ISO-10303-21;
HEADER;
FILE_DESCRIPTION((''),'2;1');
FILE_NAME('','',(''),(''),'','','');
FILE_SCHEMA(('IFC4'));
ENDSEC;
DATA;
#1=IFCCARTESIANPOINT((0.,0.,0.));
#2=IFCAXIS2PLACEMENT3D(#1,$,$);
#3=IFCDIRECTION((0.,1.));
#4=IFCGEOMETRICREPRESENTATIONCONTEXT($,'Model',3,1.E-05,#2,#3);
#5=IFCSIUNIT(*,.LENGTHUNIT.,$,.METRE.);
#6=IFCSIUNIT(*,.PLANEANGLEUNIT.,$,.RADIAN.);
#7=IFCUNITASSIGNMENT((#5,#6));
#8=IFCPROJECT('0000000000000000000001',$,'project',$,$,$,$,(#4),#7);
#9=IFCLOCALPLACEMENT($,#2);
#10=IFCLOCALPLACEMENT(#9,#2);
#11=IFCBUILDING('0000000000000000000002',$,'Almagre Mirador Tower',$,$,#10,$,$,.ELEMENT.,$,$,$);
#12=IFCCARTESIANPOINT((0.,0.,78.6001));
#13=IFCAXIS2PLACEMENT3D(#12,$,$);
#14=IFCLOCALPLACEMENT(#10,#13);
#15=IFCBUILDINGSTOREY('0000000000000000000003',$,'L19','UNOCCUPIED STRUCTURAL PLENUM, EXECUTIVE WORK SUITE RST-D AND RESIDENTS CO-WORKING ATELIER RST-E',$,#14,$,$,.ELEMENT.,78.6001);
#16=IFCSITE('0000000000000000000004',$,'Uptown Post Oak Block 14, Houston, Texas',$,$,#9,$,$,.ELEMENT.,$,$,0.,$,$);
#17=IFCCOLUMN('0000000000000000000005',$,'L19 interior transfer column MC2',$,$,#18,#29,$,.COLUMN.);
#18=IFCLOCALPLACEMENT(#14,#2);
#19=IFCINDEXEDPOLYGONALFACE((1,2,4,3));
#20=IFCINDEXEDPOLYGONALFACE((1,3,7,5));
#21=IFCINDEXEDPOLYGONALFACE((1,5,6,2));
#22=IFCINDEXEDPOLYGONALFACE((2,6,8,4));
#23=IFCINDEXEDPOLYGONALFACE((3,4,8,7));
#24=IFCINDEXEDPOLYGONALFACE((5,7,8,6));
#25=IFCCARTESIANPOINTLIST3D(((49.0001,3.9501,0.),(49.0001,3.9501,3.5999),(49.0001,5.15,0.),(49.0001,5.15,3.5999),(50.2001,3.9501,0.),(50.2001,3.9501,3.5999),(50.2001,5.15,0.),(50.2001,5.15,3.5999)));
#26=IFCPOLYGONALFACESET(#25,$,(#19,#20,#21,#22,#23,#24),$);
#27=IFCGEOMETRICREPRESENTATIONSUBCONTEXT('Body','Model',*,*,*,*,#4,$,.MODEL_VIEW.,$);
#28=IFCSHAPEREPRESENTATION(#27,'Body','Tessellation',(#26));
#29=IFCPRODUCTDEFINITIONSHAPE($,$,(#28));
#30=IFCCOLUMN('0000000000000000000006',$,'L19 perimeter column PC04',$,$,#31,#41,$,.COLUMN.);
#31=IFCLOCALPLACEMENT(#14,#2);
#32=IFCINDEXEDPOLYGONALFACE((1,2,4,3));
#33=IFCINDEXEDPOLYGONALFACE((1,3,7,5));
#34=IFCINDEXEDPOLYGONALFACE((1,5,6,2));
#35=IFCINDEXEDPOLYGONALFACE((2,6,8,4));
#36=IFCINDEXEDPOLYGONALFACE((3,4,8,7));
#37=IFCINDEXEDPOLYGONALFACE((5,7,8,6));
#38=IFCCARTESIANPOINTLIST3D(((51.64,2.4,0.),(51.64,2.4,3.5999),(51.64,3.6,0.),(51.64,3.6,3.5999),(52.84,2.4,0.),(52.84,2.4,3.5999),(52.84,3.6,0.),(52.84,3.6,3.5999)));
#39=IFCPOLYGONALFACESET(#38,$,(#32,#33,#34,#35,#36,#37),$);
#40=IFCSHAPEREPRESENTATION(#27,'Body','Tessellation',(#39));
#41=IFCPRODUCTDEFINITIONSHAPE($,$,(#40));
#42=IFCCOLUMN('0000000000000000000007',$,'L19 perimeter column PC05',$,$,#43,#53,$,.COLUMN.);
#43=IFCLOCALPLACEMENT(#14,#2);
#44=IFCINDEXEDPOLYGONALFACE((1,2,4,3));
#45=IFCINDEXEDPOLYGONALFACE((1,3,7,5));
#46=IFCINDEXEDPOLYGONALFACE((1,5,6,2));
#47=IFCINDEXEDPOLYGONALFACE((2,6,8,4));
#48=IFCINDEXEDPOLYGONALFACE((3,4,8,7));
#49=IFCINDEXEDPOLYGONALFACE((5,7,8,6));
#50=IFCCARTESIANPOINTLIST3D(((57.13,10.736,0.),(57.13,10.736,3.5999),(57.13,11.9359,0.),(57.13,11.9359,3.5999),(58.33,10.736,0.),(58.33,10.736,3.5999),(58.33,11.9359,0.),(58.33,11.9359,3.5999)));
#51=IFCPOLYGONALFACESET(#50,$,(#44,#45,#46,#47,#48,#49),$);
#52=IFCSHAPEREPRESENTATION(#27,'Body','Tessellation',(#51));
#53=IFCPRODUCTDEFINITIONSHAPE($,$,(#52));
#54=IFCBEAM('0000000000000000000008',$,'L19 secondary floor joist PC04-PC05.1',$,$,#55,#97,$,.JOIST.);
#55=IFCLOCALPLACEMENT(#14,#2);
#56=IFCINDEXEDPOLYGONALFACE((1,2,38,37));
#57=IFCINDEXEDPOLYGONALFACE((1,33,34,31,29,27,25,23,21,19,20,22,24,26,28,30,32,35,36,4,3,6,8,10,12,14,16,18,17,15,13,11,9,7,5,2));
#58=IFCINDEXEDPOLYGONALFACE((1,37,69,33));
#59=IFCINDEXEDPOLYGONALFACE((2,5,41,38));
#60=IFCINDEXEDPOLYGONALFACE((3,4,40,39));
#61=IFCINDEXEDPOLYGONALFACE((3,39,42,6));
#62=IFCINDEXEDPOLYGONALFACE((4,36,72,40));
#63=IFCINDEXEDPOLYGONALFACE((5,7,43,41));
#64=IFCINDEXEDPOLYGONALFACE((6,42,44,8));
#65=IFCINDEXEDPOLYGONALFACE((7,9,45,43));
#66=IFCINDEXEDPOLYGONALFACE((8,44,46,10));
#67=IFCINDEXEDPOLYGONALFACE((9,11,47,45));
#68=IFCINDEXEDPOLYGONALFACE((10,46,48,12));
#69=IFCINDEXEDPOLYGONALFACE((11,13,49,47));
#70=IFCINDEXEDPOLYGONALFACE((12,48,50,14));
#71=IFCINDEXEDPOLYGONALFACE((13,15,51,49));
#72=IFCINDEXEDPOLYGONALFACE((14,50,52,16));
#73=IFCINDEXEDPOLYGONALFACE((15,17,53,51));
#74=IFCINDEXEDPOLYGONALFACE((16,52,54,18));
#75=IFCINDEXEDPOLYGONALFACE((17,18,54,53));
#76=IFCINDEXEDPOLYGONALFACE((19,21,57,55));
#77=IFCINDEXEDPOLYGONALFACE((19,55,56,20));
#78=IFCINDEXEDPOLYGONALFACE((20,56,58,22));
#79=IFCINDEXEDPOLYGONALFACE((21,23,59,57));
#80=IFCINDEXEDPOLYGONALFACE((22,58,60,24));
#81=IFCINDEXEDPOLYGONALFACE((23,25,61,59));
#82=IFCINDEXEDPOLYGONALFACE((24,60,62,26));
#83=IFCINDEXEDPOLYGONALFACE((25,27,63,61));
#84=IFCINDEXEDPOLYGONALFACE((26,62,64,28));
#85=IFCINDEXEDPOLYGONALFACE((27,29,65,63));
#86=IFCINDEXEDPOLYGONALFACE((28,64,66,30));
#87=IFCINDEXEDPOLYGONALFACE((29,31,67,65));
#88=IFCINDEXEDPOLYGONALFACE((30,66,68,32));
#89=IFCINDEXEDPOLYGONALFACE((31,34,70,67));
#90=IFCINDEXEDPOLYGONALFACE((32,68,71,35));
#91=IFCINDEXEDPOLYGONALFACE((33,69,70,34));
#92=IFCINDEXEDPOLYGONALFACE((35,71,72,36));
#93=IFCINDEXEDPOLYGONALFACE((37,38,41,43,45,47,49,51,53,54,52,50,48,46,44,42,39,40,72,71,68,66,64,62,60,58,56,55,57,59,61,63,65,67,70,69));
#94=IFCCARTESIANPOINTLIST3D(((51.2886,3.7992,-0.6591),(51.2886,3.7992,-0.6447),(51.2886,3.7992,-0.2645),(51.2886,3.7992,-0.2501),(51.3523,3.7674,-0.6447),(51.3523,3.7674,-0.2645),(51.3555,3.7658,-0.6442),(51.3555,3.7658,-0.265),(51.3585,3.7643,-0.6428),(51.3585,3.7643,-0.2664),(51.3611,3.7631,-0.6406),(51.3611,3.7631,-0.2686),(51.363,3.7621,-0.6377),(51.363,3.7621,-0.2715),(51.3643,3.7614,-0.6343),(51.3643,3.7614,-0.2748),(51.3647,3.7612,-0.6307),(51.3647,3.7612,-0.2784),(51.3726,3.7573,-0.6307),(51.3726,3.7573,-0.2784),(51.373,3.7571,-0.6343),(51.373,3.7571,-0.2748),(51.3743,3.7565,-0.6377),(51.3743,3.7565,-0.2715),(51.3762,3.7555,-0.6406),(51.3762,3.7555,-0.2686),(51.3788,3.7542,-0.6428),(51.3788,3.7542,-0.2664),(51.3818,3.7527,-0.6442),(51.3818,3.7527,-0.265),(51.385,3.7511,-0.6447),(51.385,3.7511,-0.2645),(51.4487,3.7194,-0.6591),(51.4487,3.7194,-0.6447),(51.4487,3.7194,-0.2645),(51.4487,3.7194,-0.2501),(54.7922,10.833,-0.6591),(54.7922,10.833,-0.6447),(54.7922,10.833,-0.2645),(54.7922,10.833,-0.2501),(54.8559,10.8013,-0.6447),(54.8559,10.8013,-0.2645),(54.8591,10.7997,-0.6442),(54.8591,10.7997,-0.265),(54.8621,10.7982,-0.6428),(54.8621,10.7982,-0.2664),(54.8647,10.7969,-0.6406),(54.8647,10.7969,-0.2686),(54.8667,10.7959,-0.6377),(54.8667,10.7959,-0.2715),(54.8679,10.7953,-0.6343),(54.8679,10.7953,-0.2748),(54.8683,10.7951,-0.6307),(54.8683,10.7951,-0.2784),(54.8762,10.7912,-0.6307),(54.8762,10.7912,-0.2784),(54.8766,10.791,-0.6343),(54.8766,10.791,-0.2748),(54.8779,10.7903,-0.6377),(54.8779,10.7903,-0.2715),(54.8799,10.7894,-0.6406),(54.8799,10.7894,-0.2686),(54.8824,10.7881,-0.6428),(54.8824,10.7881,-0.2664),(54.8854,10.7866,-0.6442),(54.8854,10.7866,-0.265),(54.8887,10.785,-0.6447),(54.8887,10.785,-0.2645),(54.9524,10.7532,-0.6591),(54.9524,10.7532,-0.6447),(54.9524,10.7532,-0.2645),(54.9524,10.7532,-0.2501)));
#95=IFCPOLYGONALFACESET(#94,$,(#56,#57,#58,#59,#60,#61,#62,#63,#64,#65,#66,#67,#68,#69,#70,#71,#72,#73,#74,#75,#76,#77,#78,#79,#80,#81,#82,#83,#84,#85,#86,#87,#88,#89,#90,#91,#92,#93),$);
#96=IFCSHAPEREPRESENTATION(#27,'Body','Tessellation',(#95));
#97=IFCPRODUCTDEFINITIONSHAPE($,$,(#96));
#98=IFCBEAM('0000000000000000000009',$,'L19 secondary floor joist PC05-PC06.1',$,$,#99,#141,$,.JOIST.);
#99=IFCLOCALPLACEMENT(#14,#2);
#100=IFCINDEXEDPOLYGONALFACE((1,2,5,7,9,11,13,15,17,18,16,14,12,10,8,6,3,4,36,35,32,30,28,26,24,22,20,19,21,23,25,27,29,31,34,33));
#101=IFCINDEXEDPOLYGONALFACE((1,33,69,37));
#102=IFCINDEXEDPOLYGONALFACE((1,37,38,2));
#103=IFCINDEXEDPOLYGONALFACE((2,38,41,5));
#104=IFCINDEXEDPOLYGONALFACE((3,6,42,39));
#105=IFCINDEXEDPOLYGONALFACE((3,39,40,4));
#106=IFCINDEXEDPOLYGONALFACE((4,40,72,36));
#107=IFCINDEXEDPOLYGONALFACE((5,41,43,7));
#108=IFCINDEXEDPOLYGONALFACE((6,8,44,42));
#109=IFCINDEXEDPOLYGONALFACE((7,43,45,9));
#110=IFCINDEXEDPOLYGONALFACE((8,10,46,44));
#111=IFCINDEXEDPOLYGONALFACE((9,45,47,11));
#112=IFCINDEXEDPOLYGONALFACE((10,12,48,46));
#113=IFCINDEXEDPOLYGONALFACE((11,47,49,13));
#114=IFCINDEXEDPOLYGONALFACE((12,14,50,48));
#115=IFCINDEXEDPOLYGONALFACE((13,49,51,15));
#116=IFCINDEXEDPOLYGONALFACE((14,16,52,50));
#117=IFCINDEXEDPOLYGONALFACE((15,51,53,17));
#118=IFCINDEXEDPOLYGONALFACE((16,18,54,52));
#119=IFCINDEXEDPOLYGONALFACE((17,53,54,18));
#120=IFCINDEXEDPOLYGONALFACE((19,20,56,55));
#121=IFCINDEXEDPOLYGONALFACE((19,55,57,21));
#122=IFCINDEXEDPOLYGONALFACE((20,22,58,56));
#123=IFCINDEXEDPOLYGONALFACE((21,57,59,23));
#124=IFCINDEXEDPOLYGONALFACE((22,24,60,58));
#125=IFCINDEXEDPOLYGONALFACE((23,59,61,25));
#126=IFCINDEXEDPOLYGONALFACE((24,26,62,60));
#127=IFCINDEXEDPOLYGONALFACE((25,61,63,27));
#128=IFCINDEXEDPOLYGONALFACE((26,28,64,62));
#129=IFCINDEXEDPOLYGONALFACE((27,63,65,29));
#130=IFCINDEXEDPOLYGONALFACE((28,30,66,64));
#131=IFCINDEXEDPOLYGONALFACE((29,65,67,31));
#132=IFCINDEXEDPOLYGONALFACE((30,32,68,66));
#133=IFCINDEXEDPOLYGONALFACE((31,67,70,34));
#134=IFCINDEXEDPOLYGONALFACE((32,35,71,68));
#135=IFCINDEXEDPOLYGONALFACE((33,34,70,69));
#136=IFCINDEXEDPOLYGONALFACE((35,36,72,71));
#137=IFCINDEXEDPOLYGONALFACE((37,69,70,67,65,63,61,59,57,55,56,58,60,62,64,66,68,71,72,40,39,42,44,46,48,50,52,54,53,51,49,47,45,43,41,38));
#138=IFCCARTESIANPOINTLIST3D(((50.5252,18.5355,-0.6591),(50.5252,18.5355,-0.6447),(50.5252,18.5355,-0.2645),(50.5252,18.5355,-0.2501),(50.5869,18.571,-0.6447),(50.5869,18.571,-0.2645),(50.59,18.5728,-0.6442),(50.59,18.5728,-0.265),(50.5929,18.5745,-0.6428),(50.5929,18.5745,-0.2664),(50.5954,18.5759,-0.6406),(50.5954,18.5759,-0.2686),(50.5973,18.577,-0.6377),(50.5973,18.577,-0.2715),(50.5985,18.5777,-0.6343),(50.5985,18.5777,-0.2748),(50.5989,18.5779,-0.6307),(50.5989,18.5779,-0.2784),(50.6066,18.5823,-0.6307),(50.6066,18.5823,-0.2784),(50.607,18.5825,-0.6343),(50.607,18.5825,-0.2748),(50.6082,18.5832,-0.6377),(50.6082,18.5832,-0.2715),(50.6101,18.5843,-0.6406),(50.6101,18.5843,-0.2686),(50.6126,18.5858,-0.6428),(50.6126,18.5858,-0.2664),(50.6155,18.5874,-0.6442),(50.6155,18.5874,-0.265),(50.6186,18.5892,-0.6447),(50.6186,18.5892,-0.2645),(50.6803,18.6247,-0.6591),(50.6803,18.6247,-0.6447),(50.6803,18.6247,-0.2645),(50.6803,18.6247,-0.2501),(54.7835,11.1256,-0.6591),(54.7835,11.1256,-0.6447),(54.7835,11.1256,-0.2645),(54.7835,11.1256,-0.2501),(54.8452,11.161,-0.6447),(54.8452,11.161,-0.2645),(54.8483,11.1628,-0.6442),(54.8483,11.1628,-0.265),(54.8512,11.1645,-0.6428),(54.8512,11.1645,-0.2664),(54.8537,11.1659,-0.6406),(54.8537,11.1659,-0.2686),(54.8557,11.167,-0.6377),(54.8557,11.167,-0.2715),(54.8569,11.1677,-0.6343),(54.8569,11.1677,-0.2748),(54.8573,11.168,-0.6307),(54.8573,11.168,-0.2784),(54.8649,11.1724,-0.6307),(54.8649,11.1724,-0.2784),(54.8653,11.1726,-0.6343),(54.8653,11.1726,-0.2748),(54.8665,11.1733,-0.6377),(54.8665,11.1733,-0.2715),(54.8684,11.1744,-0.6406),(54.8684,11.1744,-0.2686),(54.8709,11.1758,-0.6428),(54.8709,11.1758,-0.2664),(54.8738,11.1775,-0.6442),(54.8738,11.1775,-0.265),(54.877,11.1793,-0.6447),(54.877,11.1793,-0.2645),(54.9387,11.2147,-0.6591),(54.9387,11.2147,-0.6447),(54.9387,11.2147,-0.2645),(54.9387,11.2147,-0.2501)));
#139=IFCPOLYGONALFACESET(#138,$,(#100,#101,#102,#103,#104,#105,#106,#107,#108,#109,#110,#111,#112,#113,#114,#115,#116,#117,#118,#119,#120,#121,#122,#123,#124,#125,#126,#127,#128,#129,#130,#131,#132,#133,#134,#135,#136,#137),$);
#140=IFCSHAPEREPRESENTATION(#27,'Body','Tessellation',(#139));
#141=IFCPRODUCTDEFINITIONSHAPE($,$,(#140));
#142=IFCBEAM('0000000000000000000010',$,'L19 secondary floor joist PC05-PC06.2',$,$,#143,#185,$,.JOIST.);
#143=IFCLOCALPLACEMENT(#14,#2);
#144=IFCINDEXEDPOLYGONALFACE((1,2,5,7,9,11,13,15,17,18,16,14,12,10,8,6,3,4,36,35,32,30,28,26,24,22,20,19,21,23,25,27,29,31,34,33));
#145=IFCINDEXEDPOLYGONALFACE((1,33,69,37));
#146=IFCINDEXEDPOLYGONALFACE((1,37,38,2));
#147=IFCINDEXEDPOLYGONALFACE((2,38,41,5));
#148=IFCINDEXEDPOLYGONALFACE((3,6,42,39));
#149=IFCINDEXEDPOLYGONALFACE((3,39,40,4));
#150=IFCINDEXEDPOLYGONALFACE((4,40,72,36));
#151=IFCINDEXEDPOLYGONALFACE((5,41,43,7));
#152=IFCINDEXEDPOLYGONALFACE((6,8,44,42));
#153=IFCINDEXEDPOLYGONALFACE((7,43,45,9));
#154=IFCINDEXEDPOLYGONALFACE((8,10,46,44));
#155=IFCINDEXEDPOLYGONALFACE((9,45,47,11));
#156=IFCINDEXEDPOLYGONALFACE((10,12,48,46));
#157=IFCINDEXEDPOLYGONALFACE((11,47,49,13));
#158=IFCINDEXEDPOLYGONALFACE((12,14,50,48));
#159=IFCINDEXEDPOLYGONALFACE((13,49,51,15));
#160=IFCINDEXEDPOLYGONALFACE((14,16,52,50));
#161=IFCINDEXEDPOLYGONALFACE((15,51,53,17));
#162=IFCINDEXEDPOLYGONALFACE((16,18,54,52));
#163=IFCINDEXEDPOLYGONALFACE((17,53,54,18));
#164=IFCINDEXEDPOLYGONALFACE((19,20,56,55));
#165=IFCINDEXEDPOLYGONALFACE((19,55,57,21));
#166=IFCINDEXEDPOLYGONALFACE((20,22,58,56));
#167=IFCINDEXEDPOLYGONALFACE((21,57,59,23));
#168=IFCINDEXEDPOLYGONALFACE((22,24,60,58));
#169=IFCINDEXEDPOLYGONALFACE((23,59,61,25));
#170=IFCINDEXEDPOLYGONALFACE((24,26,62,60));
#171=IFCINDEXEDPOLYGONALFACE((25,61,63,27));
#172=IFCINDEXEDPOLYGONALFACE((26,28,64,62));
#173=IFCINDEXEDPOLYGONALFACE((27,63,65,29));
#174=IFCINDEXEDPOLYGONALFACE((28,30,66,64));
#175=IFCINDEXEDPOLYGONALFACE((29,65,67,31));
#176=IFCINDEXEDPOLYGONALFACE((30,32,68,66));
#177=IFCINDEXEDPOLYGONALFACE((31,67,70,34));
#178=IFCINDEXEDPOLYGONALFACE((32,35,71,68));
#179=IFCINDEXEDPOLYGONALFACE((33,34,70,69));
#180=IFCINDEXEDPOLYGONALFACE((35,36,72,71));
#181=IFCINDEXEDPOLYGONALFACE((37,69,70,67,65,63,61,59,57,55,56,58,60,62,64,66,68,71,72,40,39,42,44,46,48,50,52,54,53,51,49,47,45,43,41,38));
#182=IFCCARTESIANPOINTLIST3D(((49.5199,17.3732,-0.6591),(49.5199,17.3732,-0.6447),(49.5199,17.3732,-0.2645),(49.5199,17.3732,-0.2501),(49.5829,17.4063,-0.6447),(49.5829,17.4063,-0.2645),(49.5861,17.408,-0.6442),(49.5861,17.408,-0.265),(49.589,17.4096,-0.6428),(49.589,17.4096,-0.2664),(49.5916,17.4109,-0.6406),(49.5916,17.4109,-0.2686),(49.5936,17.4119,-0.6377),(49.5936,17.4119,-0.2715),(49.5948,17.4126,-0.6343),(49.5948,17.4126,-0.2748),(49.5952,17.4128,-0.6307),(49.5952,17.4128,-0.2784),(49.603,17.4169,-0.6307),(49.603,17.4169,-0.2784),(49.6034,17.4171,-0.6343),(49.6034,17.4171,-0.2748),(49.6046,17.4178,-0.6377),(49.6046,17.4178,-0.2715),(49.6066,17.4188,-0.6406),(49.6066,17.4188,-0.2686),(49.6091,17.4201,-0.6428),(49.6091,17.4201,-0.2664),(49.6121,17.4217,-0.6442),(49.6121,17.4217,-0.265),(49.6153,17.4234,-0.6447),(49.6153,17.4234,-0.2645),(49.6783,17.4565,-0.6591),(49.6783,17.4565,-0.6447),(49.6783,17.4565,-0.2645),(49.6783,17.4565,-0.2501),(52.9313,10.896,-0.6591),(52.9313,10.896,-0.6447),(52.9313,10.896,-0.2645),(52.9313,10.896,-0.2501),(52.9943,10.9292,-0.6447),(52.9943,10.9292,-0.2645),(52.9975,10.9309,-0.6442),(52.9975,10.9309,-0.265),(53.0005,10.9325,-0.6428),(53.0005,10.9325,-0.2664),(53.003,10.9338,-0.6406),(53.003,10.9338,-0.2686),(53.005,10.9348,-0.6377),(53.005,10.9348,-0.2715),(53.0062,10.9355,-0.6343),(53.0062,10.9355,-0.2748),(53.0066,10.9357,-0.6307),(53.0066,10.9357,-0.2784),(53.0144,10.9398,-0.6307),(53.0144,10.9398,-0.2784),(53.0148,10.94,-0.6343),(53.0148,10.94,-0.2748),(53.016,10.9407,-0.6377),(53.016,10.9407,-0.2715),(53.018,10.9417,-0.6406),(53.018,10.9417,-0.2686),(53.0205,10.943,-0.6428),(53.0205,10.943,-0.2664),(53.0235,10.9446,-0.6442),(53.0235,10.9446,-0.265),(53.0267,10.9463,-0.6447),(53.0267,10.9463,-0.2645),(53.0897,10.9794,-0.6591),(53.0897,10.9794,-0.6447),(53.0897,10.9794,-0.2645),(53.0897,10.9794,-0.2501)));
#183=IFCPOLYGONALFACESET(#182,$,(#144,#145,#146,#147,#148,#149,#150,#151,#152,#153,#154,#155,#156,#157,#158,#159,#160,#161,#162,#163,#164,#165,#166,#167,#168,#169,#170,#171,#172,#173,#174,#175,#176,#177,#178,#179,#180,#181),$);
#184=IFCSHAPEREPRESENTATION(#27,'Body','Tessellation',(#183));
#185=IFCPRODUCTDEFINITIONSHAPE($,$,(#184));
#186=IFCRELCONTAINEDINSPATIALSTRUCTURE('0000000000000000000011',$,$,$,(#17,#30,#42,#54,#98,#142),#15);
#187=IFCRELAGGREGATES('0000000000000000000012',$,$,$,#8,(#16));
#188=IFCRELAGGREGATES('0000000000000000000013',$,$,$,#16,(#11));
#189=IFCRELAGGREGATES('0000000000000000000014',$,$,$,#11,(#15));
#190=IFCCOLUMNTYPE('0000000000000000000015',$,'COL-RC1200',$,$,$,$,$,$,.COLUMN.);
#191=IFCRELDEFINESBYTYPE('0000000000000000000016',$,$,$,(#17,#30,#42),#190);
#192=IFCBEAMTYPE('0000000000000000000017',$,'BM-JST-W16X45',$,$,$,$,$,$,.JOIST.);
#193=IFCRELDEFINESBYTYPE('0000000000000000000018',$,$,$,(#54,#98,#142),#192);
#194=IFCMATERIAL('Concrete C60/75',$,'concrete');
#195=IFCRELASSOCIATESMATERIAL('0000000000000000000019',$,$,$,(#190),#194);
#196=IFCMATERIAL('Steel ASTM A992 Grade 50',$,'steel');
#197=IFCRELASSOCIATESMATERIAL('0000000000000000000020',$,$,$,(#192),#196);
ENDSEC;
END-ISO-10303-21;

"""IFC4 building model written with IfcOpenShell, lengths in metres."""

from ifc_helpers import new_model, si_unit, direction, frame, origin, origin_2d, place, context, subcontext, project, spatial, rectangle, i_section, extrude, material, material_profile, profile_set, type_object, element, save


model = new_model("IFC4")

# Units and contexts
model_context = context("Model", 3, precision=1e-05, world=origin(), true_north=direction((0.0, 1.0)))
body_context = subcontext(model_context, "Body", "Model", "MODEL_VIEW")
ifc_project = project(units=[si_unit("LENGTHUNIT", "METRE"), si_unit("PLANEANGLEUNIT", "RADIAN")], contexts=[model_context])

# Site, building, storey
site_placement = place(None, origin())
site = spatial("IfcSite", under=ifc_project, at=site_placement, Name="Uptown Post Oak Block 14, Houston, Texas", CompositionType="ELEMENT", RefElevation=0.0)
building_placement = place(site_placement, origin())
building = spatial("IfcBuilding", under=site, at=building_placement, Name="Almagre Mirador Tower", CompositionType="ELEMENT")
storey_placement = place(building_placement, frame((0.0, 0.0, 78.6001)))
storey = spatial("IfcBuildingStorey", under=building, at=storey_placement, Name="L19", Description="UNOCCUPIED STRUCTURAL PLENUM, EXECUTIVE WORK SUITE RST-D AND RESIDENTS CO-WORKING ATELIER RST-E", CompositionType="ELEMENT", Elevation=78.6001)

# Columns
ifc_material_1 = material(Name="Concrete C60/75", Category="concrete")
ifc_material_profile_1 = material_profile(ifc_material_1, rectangle(XDim=1.2, YDim=1.2, at=origin_2d()), Name="RC1200X1200")
ifc_profile_set_1 = profile_set([ifc_material_profile_1], Name="Concrete C60/75")
column_type = type_object("IfcColumnType", Name="COL-RC1200", PredefinedType="COLUMN", material=ifc_profile_set_1)
for number, where, z_axis, x_axis, name in (
    (1, (49.6001, 4.55, 0.0), (0.0, 0.0, 1.0), (1.0, 0.0, 0.0), "L19 interior transfer column MC2"),
    (2, (52.24, 3.0, 0.0), (0.0, 0.0, 1.0), (1.0, 0.0, 0.0), "L19 perimeter column PC04"),
    (3, (57.73, 11.3359, 0.0), (0.0, 0.0, 1.0), (1.0, 0.0, 0.0), "L19 perimeter column PC05"),
):
    element("IfcColumn", number, at=place(storey_placement, frame(where, z_axis=z_axis, x_axis=x_axis)), inside=storey, type_object=column_type, Name=name, PredefinedType="COLUMN", context=body_context, shape_type="SweptSolid", body=[
        extrude(rectangle(XDim=1.2, YDim=1.2, at=origin_2d()), origin(), (0.0, 0.0, 1.0), 3.5999),
    ])

# Beams
ifc_material_2 = material(Name="Steel ASTM A992 Grade 50", Category="steel")
ifc_material_profile_2 = material_profile(ifc_material_2, i_section(OverallWidth=0.179, OverallDepth=0.4089, WebThickness=0.0088, FlangeThickness=0.0144, FilletRadius=0.0139, at=origin_2d()), Name="W16X45")
ifc_profile_set_2 = profile_set([ifc_material_profile_2], Name="Steel ASTM A992 Grade 50")
beam_type_1 = type_object("IfcBeamType", Name="BM-JST-W16X45", PredefinedType="JOIST", material=ifc_profile_set_2)
beam_1_placement = place(storey_placement, frame((51.3687, 3.7593, -0.4546), z_axis=(0.445859, 0.895103, 0.0), x_axis=(-0.895103, 0.445859, 0.0)))
element("IfcBeam", 4, at=beam_1_placement, inside=storey, type_object=beam_type_1, Name="L19 secondary floor joist PC04-PC05.1", PredefinedType="JOIST", context=body_context, shape_type="SweptSolid", body=[
    extrude(i_section(OverallWidth=0.179, OverallDepth=0.4089, WebThickness=0.0088, FlangeThickness=0.0144, FilletRadius=0.0139, at=origin_2d()), origin(), (0.0, 0.0, 1.0), 7.8582),
])
beam_2_placement = place(storey_placement, frame((54.8611, 11.1702, -0.4546), z_axis=(-0.49826, 0.867028, 0.0), x_axis=(-0.867028, -0.49826, 0.0)))
element("IfcBeam", 5, at=beam_2_placement, inside=storey, type_object=beam_type_1, Name="L19 secondary floor joist PC05-PC06.1", PredefinedType="JOIST", context=body_context, shape_type="SweptSolid", body=[
    extrude(i_section(OverallWidth=0.179, OverallDepth=0.4089, WebThickness=0.0088, FlangeThickness=0.0144, FilletRadius=0.0139, at=origin_2d()), origin(), (0.0, 0.0, 1.0), 8.5464),
])
beam_3_placement = place(storey_placement, frame((53.0105, 10.9377, -0.4546), z_axis=(-0.466003, 0.884783, 0.0), x_axis=(-0.884783, -0.466003, 0.0)))
element("IfcBeam", 6, at=beam_3_placement, inside=storey, type_object=beam_type_1, Name="L19 secondary floor joist PC05-PC06.2", PredefinedType="JOIST", context=body_context, shape_type="SweptSolid", body=[
    extrude(i_section(OverallWidth=0.179, OverallDepth=0.4089, WebThickness=0.0088, FlangeThickness=0.0144, FilletRadius=0.0139, at=origin_2d()), origin(), (0.0, 0.0, 1.0), 7.3206),
])

save(model, "model.ifc")
